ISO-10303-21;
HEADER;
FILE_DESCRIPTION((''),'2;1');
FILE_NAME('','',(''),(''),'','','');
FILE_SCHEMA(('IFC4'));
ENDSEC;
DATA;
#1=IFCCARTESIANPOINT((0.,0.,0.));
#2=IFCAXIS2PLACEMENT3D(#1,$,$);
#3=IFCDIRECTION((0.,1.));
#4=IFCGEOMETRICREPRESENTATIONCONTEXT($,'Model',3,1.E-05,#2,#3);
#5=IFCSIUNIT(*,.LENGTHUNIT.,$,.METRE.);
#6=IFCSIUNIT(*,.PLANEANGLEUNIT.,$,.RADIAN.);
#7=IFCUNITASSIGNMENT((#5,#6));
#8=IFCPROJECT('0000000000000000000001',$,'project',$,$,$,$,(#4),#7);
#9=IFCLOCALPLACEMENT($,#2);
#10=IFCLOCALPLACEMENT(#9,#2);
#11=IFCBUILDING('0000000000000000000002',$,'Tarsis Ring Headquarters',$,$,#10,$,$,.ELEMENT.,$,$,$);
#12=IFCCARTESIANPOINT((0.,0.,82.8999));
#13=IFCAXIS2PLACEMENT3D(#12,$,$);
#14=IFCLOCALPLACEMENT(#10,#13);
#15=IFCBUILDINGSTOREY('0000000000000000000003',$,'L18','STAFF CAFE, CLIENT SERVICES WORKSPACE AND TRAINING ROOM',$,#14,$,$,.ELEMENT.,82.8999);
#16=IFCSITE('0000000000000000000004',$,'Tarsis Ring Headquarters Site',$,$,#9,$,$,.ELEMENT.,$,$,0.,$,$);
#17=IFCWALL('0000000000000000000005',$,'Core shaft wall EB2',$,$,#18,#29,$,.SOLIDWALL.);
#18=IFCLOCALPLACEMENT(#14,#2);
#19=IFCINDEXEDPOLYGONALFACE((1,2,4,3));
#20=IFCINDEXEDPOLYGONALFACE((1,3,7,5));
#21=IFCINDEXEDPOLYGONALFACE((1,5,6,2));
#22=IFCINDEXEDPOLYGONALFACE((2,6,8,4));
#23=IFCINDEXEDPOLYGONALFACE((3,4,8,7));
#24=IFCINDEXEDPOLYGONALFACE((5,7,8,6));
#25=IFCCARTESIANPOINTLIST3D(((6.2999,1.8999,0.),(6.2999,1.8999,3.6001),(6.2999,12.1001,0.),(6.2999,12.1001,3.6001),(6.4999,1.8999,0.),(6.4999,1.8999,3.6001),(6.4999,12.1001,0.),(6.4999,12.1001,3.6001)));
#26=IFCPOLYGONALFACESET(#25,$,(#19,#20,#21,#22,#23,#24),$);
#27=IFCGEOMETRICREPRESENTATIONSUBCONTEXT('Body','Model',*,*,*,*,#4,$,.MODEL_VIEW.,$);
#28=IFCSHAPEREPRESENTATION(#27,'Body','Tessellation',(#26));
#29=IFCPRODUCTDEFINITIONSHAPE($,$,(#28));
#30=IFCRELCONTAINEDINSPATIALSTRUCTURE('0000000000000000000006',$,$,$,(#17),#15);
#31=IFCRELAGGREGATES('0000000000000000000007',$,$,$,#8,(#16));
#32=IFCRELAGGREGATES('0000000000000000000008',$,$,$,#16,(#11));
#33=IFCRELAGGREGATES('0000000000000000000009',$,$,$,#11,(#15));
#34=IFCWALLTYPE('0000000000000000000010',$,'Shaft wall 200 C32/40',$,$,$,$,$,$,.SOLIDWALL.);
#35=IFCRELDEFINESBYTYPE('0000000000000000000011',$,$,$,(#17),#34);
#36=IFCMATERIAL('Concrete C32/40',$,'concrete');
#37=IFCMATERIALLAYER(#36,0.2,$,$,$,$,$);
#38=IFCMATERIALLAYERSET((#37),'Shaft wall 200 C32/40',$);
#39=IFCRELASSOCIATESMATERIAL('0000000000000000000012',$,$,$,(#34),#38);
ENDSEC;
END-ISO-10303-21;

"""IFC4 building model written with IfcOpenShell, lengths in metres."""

from ifc_helpers import new_model, si_unit, direction, frame, frame_2d, origin, place, context, subcontext, project, spatial, rectangle, extrude, material, layer, layer_set, type_object, element, save


model = new_model("IFC4")

# Units and contexts
model_context = context("Model", 3, precision=1e-05, world=origin(), true_north=direction((0.0, 1.0)))
body_context = subcontext(model_context, "Body", "Model", "MODEL_VIEW")
ifc_project = project(units=[si_unit("LENGTHUNIT", "METRE"), si_unit("PLANEANGLEUNIT", "RADIAN")], contexts=[model_context])

# Site, building, storey
site_placement = place(None, origin())
site = spatial("IfcSite", under=ifc_project, at=site_placement, Name="Tarsis Ring Headquarters Site", CompositionType="ELEMENT", RefElevation=0.0)
building_placement = place(site_placement, origin())
building = spatial("IfcBuilding", under=site, at=building_placement, Name="Tarsis Ring Headquarters", CompositionType="ELEMENT")
storey_placement = place(building_placement, frame((0.0, 0.0, 82.8999)))
storey = spatial("IfcBuildingStorey", under=building, at=storey_placement, Name="L18", Description="STAFF CAFE, CLIENT SERVICES WORKSPACE AND TRAINING ROOM", CompositionType="ELEMENT", Elevation=82.8999)

# Wall
ifc_material_1 = material(Name="Concrete C32/40", Category="concrete")
ifc_layer_1 = layer(ifc_material_1, 0.2)
ifc_layer_set_1 = layer_set([ifc_layer_1], Name="Shaft wall 200 C32/40")
wall_type_1 = type_object("IfcWallType", Name="Shaft wall 200 C32/40", PredefinedType="SOLIDWALL", material=ifc_layer_set_1)
wall_1_placement = place(storey_placement, frame((6.3999, 1.8999, 0.0), z_axis=(0.0, 0.0, 1.0), x_axis=(0.0, 1.0, 0.0)))
element("IfcWall", 1, at=wall_1_placement, inside=storey, type_object=wall_type_1, Name="Core shaft wall EB2", PredefinedType="SOLIDWALL", context=body_context, shape_type="SweptSolid", body=[
    extrude(rectangle(XDim=10.2002, YDim=0.2, at=frame_2d((5.1001, 0.0))), origin(), (0.0, 0.0, 1.0), 3.6001),
])

save(model, "model.ifc")
